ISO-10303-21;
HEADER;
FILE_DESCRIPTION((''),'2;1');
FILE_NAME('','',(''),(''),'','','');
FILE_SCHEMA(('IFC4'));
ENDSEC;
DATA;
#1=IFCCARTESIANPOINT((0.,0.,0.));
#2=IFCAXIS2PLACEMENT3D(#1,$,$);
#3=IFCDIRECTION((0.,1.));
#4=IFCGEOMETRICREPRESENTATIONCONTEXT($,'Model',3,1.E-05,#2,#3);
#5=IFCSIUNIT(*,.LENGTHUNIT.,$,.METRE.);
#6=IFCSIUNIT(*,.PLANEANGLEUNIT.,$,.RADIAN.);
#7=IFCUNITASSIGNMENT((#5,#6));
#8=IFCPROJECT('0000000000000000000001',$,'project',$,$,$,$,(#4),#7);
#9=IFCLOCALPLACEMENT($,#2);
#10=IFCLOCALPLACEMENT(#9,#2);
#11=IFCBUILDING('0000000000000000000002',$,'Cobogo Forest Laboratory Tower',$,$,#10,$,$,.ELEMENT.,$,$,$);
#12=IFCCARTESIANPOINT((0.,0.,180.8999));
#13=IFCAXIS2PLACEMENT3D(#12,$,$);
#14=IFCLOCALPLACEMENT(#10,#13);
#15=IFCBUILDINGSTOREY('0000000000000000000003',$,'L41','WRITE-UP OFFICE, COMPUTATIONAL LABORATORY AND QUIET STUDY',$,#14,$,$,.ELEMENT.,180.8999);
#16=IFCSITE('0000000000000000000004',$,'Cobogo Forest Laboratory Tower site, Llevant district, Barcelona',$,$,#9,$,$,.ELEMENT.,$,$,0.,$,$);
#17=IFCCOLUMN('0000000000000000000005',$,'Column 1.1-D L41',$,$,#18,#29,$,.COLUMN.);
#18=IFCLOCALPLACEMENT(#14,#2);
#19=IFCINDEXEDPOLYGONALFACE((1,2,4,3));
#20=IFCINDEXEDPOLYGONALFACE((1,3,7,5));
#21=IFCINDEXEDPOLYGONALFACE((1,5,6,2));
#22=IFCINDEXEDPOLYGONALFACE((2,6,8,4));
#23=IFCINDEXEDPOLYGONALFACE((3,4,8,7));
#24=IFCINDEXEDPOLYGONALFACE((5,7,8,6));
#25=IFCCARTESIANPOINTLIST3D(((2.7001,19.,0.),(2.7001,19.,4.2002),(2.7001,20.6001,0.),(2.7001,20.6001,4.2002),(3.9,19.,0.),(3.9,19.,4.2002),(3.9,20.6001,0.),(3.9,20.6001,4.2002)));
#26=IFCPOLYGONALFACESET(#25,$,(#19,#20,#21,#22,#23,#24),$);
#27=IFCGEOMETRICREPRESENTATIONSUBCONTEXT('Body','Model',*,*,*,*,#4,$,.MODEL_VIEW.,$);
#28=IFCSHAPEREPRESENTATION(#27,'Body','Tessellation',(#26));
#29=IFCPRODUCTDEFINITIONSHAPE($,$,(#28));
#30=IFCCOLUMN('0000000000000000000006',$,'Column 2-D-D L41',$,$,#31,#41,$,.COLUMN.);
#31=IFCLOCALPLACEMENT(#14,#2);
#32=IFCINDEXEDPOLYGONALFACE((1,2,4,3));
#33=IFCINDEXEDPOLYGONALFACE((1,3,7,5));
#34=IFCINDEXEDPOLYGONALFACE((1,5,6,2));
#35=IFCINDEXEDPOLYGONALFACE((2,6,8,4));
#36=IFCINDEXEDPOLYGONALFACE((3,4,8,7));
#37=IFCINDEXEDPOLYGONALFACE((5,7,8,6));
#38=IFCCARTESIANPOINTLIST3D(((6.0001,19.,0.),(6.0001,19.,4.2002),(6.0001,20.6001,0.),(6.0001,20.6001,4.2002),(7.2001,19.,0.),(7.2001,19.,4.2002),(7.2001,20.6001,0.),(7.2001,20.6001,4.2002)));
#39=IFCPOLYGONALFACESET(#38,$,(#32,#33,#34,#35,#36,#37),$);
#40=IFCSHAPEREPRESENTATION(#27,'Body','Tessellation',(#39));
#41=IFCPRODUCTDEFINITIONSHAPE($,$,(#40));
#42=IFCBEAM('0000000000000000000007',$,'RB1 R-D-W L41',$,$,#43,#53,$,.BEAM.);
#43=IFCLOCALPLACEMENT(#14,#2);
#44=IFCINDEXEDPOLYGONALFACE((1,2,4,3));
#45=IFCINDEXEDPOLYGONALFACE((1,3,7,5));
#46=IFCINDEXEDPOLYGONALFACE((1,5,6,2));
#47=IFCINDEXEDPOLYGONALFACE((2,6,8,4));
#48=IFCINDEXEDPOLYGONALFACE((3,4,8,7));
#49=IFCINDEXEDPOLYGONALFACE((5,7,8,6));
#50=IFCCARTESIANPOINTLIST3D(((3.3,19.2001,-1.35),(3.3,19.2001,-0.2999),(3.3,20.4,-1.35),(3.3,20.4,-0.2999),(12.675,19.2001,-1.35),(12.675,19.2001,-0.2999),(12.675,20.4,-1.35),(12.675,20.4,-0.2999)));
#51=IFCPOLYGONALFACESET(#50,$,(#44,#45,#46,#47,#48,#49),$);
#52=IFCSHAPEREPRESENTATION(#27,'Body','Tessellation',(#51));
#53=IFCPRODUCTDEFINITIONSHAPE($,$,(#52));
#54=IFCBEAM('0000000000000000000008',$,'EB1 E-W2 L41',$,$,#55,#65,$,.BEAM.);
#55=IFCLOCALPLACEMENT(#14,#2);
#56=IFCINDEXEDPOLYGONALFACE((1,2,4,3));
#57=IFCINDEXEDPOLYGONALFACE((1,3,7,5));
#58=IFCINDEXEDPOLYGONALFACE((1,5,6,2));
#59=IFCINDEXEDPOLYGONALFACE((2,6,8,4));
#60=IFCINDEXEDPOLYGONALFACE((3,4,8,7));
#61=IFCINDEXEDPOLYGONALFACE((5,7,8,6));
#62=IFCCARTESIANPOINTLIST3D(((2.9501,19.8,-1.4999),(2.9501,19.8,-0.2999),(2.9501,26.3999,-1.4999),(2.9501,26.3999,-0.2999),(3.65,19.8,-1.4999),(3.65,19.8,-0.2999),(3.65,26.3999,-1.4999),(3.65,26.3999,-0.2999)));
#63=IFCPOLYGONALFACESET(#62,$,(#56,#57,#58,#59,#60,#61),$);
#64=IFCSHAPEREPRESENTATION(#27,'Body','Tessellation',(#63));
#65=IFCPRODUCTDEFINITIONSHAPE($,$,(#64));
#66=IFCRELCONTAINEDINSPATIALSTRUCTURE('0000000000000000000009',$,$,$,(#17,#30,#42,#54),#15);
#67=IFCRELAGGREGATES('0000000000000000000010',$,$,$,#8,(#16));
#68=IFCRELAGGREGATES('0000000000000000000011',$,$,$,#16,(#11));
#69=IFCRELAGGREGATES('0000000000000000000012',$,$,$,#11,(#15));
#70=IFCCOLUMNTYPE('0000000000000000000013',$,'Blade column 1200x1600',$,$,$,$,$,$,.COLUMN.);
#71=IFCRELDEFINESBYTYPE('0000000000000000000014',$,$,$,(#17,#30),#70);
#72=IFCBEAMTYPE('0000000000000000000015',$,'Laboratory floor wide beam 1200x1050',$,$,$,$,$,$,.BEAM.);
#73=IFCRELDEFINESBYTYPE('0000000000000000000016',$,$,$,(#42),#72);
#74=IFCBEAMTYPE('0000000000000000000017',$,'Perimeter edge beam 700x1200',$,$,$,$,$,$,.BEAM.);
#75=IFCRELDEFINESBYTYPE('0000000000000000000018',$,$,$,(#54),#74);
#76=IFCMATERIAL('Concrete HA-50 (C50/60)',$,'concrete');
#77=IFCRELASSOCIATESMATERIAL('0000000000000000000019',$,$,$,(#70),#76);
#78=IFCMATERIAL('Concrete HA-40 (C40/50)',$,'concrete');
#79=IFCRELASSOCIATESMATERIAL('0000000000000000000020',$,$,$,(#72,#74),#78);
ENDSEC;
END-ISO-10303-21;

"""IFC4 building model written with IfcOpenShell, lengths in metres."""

from ifc_helpers import new_model, si_unit, direction, frame, origin, origin_2d, place, context, subcontext, project, spatial, rectangle, extrude, material, material_profile, profile_set, type_object, element, save


model = new_model("IFC4")

# Units and contexts
model_context = context("Model", 3, precision=1e-05, world=origin(), true_north=direction((0.0, 1.0)))
body_context = subcontext(model_context, "Body", "Model", "MODEL_VIEW")
ifc_project = project(units=[si_unit("LENGTHUNIT", "METRE"), si_unit("PLANEANGLEUNIT", "RADIAN")], contexts=[model_context])

# Site, building, storey
site_placement = place(None, origin())
site = spatial("IfcSite", under=ifc_project, at=site_placement, Name="Cobogo Forest Laboratory Tower site, Llevant district, Barcelona", CompositionType="ELEMENT", RefElevation=0.0)
building_placement = place(site_placement, origin())
building = spatial("IfcBuilding", under=site, at=building_placement, Name="Cobogo Forest Laboratory Tower", CompositionType="ELEMENT")
storey_placement = place(building_placement, frame((0.0, 0.0, 180.8999)))
storey = spatial("IfcBuildingStorey", under=building, at=storey_placement, Name="L41", Description="WRITE-UP OFFICE, COMPUTATIONAL LABORATORY AND QUIET STUDY", CompositionType="ELEMENT", Elevation=180.8999)

# Columns
ifc_material_1 = material(Name="Concrete HA-50 (C50/60)", Category="concrete")
ifc_material_profile_1 = material_profile(ifc_material_1, rectangle(XDim=1.6001, YDim=1.2, at=origin_2d()), Name="RC 1200x1600")
ifc_profile_set_1 = profile_set([ifc_material_profile_1], Name="Concrete HA-50 (C50/60)")
column_type = type_object("IfcColumnType", Name="Blade column 1200x1600", PredefinedType="COLUMN", material=ifc_profile_set_1)
for number, where, z_axis, x_axis, name in (
    (1, (3.3, 19.8, 0.0), (0.0, 0.0, 1.0), (0.0, 1.0, 0.0), "Column 1.1-D L41"),
    (2, (6.6001, 19.8, 0.0), (0.0, 0.0, 1.0), (0.0, 1.0, 0.0), "Column 2-D-D L41"),
):
    element("IfcColumn", number, at=place(storey_placement, frame(where, z_axis=z_axis, x_axis=x_axis)), inside=storey, type_object=column_type, Name=name, PredefinedType="COLUMN", context=body_context, shape_type="SweptSolid", body=[
        extrude(rectangle(XDim=1.6001, YDim=1.2, at=origin_2d()), origin(), (0.0, 0.0, 1.0), 4.2002),
    ])

# Beams
ifc_material_2 = material(Name="Concrete HA-40 (C40/50)", Category="concrete")
ifc_material_profile_2 = material_profile(ifc_material_2, rectangle(XDim=1.2, YDim=1.05, at=origin_2d()), Name="RC 1200x1050")
ifc_profile_set_2 = profile_set([ifc_material_profile_2], Name="Concrete HA-40 (C40/50)")
beam_type_1 = type_object("IfcBeamType", Name="Laboratory floor wide beam 1200x1050", PredefinedType="BEAM", material=ifc_profile_set_2)
beam_1_placement = place(storey_placement, frame((12.675, 19.8, -0.825), z_axis=(-1.0, 0.0, 0.0), x_axis=(0.0, -1.0, 0.0)))
element("IfcBeam", 3, at=beam_1_placement, inside=storey, type_object=beam_type_1, Name="RB1 R-D-W L41", PredefinedType="BEAM", context=body_context, shape_type="SweptSolid", body=[
    extrude(rectangle(XDim=1.2, YDim=1.05, at=origin_2d()), origin(), (0.0, 0.0, 1.0), 9.375),
])
ifc_material_profile_3 = material_profile(ifc_material_2, rectangle(XDim=0.7, YDim=1.2, at=origin_2d()), Name="RC 700x1200")
ifc_profile_set_3 = profile_set([ifc_material_profile_3], Name="Concrete HA-40 (C40/50)")
beam_type_2 = type_object("IfcBeamType", Name="Perimeter edge beam 700x1200", PredefinedType="BEAM", material=ifc_profile_set_3)
beam_2_placement = place(storey_placement, frame((3.3, 19.8, -0.8999), z_axis=(0.0, 1.0, 0.0), x_axis=(-1.0, 0.0, 0.0)))
element("IfcBeam", 4, at=beam_2_placement, inside=storey, type_object=beam_type_2, Name="EB1 E-W2 L41", PredefinedType="BEAM", context=body_context, shape_type="SweptSolid", body=[
    extrude(rectangle(XDim=0.7, YDim=1.2, at=origin_2d()), origin(), (0.0, 0.0, 1.0), 6.5999),
])

save(model, "model.ifc")
